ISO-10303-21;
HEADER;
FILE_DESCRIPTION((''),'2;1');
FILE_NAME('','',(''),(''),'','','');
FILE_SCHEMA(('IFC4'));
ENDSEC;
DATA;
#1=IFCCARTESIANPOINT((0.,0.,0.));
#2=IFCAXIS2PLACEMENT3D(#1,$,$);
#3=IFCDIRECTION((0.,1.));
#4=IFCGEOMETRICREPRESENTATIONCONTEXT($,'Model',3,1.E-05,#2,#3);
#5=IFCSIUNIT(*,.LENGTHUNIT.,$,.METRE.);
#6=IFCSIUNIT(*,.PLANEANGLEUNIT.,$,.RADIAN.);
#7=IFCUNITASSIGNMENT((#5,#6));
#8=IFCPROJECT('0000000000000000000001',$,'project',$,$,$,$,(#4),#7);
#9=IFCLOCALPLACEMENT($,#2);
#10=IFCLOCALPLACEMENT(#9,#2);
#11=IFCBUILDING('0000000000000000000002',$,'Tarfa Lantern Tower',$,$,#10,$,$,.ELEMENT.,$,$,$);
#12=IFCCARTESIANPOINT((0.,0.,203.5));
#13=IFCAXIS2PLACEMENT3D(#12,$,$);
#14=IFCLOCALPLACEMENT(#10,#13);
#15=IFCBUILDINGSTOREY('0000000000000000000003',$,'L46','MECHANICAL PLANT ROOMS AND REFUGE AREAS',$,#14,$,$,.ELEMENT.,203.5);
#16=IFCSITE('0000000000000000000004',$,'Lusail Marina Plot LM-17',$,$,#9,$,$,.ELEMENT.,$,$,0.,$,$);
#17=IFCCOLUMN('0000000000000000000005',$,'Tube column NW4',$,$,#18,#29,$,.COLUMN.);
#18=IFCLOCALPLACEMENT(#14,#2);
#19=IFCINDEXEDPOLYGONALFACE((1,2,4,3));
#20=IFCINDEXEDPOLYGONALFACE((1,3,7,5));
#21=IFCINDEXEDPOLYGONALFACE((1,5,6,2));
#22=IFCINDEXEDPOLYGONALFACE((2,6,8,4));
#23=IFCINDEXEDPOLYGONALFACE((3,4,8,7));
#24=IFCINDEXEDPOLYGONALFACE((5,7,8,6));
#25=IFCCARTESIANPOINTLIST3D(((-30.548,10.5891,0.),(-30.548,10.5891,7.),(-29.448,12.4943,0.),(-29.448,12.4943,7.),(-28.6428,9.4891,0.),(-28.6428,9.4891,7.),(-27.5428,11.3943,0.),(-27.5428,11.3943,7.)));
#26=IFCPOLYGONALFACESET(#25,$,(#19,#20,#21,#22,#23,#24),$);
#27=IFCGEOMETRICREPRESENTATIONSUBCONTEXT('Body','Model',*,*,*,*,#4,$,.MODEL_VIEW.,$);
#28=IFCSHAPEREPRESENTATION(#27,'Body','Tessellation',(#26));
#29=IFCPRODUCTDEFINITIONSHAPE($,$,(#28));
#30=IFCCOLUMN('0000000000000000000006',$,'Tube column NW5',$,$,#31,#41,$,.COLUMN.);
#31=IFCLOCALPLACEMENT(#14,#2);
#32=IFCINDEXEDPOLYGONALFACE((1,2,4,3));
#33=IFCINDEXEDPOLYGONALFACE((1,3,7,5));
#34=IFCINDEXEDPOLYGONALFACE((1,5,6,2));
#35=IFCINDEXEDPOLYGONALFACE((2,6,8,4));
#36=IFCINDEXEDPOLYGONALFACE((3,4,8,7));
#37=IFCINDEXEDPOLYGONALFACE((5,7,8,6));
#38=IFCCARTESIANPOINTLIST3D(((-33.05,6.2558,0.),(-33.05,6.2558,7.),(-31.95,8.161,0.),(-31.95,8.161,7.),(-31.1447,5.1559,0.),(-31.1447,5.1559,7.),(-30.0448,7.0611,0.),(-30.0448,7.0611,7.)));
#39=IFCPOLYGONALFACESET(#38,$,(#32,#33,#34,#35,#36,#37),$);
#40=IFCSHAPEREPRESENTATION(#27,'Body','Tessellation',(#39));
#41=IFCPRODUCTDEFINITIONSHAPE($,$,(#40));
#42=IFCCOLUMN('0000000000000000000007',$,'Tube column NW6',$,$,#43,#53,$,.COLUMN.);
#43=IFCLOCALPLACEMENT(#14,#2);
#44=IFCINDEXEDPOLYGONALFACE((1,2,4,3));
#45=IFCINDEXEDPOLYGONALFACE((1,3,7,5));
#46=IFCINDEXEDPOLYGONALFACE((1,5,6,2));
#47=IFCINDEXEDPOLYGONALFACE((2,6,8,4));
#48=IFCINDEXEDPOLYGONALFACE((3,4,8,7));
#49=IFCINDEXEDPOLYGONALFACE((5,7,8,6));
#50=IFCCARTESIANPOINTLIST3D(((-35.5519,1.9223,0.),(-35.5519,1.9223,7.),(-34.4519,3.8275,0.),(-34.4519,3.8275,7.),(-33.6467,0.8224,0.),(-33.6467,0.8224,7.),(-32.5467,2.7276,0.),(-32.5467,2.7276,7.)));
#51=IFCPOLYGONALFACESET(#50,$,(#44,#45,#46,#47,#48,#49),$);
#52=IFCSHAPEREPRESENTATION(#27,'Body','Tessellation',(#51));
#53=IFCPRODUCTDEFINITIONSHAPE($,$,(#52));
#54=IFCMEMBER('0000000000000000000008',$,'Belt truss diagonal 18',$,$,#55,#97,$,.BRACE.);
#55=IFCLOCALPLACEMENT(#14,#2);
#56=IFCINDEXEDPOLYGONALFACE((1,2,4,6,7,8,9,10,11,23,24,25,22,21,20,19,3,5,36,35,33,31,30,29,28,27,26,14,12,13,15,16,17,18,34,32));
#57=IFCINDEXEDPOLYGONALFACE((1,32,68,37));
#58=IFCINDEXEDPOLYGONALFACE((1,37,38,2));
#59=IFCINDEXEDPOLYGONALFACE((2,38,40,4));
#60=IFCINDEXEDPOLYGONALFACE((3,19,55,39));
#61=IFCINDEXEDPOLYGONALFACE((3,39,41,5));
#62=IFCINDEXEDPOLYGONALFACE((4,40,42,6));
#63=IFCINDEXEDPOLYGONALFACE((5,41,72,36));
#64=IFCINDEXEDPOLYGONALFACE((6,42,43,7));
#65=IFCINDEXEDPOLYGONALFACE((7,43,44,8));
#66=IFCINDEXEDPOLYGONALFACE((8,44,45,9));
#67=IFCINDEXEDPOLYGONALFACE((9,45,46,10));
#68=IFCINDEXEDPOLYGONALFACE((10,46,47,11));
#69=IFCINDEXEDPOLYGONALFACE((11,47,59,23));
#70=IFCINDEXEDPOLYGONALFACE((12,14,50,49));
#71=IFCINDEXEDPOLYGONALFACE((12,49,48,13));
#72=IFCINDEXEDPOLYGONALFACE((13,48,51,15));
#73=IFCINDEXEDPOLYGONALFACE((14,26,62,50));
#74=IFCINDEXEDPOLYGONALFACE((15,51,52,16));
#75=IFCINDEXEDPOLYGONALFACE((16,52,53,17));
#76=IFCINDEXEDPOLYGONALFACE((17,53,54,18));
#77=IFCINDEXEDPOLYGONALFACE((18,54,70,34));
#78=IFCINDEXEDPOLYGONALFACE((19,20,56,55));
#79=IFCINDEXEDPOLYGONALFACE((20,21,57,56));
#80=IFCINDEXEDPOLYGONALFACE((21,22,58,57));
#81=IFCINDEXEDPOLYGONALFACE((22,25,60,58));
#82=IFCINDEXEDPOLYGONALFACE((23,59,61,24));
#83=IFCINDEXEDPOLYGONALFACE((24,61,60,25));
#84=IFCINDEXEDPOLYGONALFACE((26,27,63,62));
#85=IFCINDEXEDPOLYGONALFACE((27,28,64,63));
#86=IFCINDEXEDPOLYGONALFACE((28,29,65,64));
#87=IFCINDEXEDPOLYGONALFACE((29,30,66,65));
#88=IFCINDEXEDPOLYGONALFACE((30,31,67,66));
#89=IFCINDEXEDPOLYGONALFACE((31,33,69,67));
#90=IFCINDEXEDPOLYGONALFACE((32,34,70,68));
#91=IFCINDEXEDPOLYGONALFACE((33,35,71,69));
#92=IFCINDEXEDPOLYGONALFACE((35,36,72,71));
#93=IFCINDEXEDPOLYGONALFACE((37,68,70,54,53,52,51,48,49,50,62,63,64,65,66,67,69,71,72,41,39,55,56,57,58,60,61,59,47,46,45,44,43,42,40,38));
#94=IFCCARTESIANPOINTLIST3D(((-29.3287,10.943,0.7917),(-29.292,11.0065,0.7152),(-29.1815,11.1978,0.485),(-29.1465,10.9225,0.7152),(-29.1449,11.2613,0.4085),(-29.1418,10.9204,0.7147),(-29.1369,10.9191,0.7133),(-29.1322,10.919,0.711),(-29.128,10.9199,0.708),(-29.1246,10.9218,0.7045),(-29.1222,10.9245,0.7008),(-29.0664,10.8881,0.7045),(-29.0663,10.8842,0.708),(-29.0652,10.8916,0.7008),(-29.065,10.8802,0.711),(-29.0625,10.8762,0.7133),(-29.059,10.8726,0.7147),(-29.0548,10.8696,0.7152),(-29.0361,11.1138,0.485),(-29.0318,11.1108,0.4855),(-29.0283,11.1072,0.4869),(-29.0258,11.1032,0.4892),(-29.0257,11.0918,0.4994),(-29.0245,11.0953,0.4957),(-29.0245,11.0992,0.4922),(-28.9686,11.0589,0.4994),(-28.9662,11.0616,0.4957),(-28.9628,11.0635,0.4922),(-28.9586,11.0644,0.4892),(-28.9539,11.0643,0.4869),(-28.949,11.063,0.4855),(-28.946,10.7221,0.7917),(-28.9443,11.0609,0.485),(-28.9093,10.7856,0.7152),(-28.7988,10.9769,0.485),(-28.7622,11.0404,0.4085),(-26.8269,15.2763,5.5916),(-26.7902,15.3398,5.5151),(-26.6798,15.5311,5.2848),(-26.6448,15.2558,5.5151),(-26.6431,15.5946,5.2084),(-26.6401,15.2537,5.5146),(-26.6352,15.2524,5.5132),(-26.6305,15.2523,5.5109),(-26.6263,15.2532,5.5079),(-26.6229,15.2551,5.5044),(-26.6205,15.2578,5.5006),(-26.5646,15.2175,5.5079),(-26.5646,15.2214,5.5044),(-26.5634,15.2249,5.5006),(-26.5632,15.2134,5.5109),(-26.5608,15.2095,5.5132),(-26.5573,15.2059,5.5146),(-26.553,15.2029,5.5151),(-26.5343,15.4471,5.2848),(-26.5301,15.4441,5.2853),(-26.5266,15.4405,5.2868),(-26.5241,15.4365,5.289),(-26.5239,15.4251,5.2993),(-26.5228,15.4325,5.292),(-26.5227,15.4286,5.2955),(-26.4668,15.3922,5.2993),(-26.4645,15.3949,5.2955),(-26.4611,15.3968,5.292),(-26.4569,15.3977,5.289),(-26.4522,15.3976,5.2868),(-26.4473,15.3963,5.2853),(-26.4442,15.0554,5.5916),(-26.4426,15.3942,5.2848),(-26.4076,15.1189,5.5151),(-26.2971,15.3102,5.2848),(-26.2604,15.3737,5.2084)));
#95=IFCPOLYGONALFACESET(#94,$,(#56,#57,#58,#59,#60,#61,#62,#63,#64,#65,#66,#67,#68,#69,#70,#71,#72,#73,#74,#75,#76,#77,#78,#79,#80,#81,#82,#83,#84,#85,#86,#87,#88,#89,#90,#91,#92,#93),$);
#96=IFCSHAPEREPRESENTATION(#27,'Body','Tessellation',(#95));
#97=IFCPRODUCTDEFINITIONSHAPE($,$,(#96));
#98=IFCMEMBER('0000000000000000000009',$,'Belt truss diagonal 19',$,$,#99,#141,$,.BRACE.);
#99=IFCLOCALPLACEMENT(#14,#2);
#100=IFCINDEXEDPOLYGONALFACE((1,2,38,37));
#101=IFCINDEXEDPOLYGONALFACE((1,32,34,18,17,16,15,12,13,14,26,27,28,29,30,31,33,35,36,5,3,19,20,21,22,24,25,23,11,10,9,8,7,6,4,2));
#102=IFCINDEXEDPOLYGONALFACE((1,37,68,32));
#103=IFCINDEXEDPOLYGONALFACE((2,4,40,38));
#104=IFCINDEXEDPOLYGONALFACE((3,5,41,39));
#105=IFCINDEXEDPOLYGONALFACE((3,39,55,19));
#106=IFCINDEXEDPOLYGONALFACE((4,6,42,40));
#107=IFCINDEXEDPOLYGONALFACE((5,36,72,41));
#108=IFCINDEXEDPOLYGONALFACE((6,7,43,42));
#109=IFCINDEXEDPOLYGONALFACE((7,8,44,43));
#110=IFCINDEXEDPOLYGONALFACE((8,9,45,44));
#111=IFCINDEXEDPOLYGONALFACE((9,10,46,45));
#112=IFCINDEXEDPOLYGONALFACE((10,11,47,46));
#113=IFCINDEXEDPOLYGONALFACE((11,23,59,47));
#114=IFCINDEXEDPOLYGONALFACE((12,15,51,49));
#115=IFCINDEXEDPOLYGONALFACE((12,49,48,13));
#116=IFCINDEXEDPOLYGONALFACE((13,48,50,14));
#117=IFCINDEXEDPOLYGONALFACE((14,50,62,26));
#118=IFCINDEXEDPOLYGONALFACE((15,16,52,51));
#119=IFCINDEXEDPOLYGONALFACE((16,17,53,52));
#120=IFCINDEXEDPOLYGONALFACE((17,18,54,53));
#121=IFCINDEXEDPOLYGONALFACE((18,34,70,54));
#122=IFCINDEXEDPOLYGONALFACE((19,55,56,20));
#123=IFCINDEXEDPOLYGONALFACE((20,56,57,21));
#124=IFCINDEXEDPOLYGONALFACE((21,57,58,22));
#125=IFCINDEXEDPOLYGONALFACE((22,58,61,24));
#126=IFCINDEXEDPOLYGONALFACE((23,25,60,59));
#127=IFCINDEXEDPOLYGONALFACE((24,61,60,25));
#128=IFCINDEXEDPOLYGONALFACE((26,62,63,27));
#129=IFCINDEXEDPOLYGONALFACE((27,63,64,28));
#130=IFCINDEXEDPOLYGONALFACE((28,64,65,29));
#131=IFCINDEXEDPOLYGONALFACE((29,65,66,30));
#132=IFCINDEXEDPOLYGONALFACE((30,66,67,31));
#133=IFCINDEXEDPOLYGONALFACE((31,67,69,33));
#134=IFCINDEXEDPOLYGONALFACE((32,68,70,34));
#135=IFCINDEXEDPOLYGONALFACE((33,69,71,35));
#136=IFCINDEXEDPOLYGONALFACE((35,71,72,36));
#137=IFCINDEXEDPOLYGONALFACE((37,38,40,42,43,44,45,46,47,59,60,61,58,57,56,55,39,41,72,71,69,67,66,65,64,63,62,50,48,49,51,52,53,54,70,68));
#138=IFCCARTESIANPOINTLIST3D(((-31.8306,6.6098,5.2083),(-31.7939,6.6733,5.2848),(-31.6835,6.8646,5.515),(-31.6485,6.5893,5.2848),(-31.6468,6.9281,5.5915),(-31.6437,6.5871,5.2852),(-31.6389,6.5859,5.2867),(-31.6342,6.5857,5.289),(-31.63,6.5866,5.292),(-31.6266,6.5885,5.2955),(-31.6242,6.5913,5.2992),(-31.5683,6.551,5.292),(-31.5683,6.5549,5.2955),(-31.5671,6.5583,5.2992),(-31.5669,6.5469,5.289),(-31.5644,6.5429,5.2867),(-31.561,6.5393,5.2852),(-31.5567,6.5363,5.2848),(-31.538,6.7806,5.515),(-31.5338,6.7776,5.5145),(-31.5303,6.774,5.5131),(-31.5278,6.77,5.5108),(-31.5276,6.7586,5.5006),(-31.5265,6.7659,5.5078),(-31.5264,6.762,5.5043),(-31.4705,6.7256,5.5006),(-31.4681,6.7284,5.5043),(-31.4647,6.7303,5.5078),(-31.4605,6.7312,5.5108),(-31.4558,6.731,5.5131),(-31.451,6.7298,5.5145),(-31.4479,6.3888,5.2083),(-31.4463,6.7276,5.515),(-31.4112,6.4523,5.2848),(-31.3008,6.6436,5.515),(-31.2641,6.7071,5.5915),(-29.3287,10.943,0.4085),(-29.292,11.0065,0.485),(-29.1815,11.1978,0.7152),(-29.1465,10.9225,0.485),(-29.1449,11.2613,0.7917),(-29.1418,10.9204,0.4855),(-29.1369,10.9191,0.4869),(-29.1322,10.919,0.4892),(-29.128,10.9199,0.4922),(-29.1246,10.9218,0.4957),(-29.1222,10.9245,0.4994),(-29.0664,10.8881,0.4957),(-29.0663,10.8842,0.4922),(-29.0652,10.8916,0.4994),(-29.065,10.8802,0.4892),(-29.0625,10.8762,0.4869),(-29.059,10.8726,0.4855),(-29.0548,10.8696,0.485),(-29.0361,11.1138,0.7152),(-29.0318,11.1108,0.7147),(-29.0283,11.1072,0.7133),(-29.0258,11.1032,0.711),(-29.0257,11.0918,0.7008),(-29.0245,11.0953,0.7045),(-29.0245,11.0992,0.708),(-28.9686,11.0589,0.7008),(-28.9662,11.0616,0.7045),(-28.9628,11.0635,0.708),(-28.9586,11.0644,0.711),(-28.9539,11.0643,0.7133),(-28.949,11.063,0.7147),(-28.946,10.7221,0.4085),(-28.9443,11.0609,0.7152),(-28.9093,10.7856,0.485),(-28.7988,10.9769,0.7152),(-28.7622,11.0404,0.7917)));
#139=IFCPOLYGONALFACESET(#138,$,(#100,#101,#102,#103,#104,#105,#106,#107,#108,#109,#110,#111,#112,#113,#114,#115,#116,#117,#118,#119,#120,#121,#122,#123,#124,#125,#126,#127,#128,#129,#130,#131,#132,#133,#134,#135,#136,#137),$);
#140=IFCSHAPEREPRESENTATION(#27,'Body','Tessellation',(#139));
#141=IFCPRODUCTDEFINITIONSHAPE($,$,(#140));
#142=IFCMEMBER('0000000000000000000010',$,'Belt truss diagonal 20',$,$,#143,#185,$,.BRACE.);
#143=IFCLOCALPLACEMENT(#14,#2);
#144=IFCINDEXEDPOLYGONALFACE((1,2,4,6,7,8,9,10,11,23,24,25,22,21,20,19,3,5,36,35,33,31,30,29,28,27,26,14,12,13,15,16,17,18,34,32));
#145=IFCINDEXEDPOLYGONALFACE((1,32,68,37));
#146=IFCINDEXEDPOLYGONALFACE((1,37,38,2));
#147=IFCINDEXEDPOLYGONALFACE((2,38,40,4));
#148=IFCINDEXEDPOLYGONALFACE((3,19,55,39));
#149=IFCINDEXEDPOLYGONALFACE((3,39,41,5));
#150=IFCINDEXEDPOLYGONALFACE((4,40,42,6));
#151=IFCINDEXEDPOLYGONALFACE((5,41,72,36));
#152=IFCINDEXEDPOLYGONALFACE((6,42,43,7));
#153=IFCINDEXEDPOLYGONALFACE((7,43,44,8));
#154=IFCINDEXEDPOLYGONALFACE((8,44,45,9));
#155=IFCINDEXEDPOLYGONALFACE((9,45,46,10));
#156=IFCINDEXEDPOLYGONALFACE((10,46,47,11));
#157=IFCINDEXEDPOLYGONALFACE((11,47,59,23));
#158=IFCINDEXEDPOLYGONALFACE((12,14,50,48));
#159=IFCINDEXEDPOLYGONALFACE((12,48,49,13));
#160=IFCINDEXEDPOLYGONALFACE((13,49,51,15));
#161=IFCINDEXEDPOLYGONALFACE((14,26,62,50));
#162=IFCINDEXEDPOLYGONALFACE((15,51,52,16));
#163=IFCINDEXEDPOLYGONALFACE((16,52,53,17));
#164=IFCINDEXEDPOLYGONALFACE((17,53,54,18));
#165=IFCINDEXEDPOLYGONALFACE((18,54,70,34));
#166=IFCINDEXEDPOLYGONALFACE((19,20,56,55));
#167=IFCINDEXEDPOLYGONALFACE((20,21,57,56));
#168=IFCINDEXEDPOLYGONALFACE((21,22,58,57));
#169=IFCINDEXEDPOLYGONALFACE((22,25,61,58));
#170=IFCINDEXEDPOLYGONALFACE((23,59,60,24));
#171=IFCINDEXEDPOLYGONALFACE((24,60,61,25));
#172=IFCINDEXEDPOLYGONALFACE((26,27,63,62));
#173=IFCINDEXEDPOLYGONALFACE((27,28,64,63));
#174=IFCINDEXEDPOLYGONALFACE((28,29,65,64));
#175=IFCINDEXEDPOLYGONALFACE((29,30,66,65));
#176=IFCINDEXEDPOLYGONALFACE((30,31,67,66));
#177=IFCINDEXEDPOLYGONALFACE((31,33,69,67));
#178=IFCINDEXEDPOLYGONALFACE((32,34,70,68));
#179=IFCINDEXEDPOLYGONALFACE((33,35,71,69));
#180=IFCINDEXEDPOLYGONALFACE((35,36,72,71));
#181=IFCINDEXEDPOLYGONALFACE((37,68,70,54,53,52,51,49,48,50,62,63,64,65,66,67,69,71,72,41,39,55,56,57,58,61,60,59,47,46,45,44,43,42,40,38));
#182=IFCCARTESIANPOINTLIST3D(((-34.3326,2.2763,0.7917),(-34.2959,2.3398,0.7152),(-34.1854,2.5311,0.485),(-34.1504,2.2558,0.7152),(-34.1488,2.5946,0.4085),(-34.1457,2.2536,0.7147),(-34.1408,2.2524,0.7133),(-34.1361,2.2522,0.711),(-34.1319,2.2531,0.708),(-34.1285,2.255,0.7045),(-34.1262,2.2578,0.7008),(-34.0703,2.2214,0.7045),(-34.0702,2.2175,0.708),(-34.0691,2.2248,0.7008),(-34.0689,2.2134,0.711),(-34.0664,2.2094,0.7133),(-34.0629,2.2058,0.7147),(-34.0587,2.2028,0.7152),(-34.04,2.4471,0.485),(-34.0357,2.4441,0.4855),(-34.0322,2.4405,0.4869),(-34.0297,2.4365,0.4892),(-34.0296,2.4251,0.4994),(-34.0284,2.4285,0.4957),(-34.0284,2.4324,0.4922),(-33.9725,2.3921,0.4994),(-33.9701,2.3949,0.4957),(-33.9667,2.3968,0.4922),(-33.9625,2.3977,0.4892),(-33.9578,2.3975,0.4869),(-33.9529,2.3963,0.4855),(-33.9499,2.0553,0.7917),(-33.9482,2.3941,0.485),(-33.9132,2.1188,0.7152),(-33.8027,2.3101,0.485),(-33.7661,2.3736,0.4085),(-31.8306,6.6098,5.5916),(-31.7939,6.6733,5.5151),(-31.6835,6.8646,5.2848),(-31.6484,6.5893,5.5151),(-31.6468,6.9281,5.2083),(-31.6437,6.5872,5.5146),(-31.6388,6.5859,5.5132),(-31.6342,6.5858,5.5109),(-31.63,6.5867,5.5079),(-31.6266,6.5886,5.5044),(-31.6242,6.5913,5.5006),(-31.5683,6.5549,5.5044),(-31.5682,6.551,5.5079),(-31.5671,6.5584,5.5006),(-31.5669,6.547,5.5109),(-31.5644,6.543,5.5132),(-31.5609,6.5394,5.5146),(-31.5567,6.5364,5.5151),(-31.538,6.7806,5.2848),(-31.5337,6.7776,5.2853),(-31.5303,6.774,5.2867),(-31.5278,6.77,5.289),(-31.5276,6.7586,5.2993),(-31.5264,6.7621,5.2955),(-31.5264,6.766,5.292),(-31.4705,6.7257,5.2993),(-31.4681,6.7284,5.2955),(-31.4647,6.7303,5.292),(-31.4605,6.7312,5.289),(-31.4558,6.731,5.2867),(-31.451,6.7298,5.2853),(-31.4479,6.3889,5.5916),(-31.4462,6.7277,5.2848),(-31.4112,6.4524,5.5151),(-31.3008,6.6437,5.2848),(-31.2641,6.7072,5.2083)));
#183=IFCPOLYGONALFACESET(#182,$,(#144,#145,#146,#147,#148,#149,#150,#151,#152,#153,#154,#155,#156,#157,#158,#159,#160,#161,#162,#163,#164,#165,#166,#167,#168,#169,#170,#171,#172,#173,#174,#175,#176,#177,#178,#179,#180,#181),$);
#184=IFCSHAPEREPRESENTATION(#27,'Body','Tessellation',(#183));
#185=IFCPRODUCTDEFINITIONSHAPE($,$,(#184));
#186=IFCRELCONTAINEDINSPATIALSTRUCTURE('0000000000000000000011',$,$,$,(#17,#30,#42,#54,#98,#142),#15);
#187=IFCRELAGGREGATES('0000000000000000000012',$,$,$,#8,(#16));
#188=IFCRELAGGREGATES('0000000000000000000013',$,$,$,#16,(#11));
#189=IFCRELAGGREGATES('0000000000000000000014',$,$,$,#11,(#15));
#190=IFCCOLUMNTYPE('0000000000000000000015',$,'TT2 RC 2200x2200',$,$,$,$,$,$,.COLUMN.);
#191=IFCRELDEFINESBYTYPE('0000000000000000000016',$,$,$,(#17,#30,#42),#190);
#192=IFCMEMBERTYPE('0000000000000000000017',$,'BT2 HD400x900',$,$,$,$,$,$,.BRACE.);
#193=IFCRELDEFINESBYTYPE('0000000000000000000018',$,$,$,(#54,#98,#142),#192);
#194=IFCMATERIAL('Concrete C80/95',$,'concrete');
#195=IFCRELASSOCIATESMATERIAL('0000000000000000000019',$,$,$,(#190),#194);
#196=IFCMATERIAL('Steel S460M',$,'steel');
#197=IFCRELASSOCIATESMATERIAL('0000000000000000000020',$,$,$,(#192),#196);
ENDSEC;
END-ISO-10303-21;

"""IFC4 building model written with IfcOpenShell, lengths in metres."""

from ifc_helpers import new_model, si_unit, direction, frame, origin, origin_2d, place, context, subcontext, project, spatial, rectangle, i_section, extrude, material, material_profile, profile_set, type_object, element, save


model = new_model("IFC4")

# Units and contexts
model_context = context("Model", 3, precision=1e-05, world=origin(), true_north=direction((0.0, 1.0)))
body_context = subcontext(model_context, "Body", "Model", "MODEL_VIEW")
ifc_project = project(units=[si_unit("LENGTHUNIT", "METRE"), si_unit("PLANEANGLEUNIT", "RADIAN")], contexts=[model_context])

# Site, building, storey
site_placement = place(None, origin())
site = spatial("IfcSite", under=ifc_project, at=site_placement, Name="Lusail Marina Plot LM-17", CompositionType="ELEMENT", RefElevation=0.0)
building_placement = place(site_placement, origin())
building = spatial("IfcBuilding", under=site, at=building_placement, Name="Tarfa Lantern Tower", CompositionType="ELEMENT")
storey_placement = place(building_placement, frame((0.0, 0.0, 203.5)))
storey = spatial("IfcBuildingStorey", under=building, at=storey_placement, Name="L46", Description="MECHANICAL PLANT ROOMS AND REFUGE AREAS", CompositionType="ELEMENT", Elevation=203.5)

# Columns
ifc_material_1 = material(Name="Concrete C80/95", Category="concrete")
ifc_material_profile_1 = material_profile(ifc_material_1, rectangle(XDim=2.2, YDim=2.2, at=origin_2d()), Name="RC 2200x2200")
ifc_profile_set_1 = profile_set([ifc_material_profile_1], Name="Concrete C80/95")
column_type = type_object("IfcColumnType", Name="TT2 RC 2200x2200", PredefinedType="COLUMN", material=ifc_profile_set_1)
for number, where, z_axis, x_axis, name in (
    (1, (-29.0454, 10.9917, 0.0), (0.0, 0.0, 1.0), (-0.5, -0.866025, 0.0), "Tube column NW4"),
    (2, (-31.5474, 6.6584, 0.0), (0.0, 0.0, 1.0), (-0.5, -0.866025, 0.0), "Tube column NW5"),
    (3, (-34.0493, 2.325, 0.0), (0.0, 0.0, 1.0), (-0.5, -0.866025, 0.0), "Tube column NW6"),
):
    element("IfcColumn", number, at=place(storey_placement, frame(where, z_axis=z_axis, x_axis=x_axis)), inside=storey, type_object=column_type, Name=name, PredefinedType="COLUMN", context=body_context, shape_type="SweptSolid", body=[
        extrude(rectangle(XDim=2.2, YDim=2.2, at=origin_2d()), origin(), (0.0, 0.0, 1.0), 7.0),
    ])

# Members
ifc_material_2 = material(Name="Steel S460M", Category="steel")
ifc_material_profile_2 = material_profile(ifc_material_2, i_section(OverallWidth=0.4419, OverallDepth=0.531, WebThickness=0.0659, FlangeThickness=0.106, FilletRadius=0.02, at=origin_2d()), Name="HD400x900")
ifc_profile_set_2 = profile_set([ifc_material_profile_2], Name="Steel S460M")
member_type_1 = type_object("IfcMemberType", Name="BT2 HD400x900", PredefinedType="BRACE", material=ifc_profile_set_2)
for number, where, z_axis, x_axis, name in (
    (4, (-29.0454, 10.9917, 0.6001), (0.360814, 0.624971, 0.692261), (-0.866034, 0.499986, 0.0), "Belt truss diagonal 18"),
    (5, (-29.0454, 10.9917, 0.6001), (-0.360844, -0.624963, 0.692252), (0.866013, -0.500022, 0.0), "Belt truss diagonal 19"),
):
    element("IfcMember", number, at=place(storey_placement, frame(where, z_axis=z_axis, x_axis=x_axis)), inside=storey, type_object=member_type_1, Name=name, PredefinedType="BRACE", context=body_context, shape_type="SweptSolid", body=[
        extrude(i_section(OverallWidth=0.4419, OverallDepth=0.531, WebThickness=0.0659, FlangeThickness=0.106, FilletRadius=0.02, at=origin_2d()), origin(), (0.0, 0.0, 1.0), 6.9336),
    ])
member_1_placement = place(storey_placement, frame((-34.0493, 2.325, 0.6001), z_axis=(0.360836, 0.624985, 0.692237), x_axis=(-0.866025, 0.500001, 0.0)))
element("IfcMember", 6, at=member_1_placement, inside=storey, type_object=member_type_1, Name="Belt truss diagonal 20", PredefinedType="BRACE", context=body_context, shape_type="SweptSolid", body=[
    extrude(i_section(OverallWidth=0.4419, OverallDepth=0.531, WebThickness=0.0659, FlangeThickness=0.106, FilletRadius=0.02, at=origin_2d()), origin(), (0.0, 0.0, 1.0), 6.9338),
])

save(model, "model.ifc")
